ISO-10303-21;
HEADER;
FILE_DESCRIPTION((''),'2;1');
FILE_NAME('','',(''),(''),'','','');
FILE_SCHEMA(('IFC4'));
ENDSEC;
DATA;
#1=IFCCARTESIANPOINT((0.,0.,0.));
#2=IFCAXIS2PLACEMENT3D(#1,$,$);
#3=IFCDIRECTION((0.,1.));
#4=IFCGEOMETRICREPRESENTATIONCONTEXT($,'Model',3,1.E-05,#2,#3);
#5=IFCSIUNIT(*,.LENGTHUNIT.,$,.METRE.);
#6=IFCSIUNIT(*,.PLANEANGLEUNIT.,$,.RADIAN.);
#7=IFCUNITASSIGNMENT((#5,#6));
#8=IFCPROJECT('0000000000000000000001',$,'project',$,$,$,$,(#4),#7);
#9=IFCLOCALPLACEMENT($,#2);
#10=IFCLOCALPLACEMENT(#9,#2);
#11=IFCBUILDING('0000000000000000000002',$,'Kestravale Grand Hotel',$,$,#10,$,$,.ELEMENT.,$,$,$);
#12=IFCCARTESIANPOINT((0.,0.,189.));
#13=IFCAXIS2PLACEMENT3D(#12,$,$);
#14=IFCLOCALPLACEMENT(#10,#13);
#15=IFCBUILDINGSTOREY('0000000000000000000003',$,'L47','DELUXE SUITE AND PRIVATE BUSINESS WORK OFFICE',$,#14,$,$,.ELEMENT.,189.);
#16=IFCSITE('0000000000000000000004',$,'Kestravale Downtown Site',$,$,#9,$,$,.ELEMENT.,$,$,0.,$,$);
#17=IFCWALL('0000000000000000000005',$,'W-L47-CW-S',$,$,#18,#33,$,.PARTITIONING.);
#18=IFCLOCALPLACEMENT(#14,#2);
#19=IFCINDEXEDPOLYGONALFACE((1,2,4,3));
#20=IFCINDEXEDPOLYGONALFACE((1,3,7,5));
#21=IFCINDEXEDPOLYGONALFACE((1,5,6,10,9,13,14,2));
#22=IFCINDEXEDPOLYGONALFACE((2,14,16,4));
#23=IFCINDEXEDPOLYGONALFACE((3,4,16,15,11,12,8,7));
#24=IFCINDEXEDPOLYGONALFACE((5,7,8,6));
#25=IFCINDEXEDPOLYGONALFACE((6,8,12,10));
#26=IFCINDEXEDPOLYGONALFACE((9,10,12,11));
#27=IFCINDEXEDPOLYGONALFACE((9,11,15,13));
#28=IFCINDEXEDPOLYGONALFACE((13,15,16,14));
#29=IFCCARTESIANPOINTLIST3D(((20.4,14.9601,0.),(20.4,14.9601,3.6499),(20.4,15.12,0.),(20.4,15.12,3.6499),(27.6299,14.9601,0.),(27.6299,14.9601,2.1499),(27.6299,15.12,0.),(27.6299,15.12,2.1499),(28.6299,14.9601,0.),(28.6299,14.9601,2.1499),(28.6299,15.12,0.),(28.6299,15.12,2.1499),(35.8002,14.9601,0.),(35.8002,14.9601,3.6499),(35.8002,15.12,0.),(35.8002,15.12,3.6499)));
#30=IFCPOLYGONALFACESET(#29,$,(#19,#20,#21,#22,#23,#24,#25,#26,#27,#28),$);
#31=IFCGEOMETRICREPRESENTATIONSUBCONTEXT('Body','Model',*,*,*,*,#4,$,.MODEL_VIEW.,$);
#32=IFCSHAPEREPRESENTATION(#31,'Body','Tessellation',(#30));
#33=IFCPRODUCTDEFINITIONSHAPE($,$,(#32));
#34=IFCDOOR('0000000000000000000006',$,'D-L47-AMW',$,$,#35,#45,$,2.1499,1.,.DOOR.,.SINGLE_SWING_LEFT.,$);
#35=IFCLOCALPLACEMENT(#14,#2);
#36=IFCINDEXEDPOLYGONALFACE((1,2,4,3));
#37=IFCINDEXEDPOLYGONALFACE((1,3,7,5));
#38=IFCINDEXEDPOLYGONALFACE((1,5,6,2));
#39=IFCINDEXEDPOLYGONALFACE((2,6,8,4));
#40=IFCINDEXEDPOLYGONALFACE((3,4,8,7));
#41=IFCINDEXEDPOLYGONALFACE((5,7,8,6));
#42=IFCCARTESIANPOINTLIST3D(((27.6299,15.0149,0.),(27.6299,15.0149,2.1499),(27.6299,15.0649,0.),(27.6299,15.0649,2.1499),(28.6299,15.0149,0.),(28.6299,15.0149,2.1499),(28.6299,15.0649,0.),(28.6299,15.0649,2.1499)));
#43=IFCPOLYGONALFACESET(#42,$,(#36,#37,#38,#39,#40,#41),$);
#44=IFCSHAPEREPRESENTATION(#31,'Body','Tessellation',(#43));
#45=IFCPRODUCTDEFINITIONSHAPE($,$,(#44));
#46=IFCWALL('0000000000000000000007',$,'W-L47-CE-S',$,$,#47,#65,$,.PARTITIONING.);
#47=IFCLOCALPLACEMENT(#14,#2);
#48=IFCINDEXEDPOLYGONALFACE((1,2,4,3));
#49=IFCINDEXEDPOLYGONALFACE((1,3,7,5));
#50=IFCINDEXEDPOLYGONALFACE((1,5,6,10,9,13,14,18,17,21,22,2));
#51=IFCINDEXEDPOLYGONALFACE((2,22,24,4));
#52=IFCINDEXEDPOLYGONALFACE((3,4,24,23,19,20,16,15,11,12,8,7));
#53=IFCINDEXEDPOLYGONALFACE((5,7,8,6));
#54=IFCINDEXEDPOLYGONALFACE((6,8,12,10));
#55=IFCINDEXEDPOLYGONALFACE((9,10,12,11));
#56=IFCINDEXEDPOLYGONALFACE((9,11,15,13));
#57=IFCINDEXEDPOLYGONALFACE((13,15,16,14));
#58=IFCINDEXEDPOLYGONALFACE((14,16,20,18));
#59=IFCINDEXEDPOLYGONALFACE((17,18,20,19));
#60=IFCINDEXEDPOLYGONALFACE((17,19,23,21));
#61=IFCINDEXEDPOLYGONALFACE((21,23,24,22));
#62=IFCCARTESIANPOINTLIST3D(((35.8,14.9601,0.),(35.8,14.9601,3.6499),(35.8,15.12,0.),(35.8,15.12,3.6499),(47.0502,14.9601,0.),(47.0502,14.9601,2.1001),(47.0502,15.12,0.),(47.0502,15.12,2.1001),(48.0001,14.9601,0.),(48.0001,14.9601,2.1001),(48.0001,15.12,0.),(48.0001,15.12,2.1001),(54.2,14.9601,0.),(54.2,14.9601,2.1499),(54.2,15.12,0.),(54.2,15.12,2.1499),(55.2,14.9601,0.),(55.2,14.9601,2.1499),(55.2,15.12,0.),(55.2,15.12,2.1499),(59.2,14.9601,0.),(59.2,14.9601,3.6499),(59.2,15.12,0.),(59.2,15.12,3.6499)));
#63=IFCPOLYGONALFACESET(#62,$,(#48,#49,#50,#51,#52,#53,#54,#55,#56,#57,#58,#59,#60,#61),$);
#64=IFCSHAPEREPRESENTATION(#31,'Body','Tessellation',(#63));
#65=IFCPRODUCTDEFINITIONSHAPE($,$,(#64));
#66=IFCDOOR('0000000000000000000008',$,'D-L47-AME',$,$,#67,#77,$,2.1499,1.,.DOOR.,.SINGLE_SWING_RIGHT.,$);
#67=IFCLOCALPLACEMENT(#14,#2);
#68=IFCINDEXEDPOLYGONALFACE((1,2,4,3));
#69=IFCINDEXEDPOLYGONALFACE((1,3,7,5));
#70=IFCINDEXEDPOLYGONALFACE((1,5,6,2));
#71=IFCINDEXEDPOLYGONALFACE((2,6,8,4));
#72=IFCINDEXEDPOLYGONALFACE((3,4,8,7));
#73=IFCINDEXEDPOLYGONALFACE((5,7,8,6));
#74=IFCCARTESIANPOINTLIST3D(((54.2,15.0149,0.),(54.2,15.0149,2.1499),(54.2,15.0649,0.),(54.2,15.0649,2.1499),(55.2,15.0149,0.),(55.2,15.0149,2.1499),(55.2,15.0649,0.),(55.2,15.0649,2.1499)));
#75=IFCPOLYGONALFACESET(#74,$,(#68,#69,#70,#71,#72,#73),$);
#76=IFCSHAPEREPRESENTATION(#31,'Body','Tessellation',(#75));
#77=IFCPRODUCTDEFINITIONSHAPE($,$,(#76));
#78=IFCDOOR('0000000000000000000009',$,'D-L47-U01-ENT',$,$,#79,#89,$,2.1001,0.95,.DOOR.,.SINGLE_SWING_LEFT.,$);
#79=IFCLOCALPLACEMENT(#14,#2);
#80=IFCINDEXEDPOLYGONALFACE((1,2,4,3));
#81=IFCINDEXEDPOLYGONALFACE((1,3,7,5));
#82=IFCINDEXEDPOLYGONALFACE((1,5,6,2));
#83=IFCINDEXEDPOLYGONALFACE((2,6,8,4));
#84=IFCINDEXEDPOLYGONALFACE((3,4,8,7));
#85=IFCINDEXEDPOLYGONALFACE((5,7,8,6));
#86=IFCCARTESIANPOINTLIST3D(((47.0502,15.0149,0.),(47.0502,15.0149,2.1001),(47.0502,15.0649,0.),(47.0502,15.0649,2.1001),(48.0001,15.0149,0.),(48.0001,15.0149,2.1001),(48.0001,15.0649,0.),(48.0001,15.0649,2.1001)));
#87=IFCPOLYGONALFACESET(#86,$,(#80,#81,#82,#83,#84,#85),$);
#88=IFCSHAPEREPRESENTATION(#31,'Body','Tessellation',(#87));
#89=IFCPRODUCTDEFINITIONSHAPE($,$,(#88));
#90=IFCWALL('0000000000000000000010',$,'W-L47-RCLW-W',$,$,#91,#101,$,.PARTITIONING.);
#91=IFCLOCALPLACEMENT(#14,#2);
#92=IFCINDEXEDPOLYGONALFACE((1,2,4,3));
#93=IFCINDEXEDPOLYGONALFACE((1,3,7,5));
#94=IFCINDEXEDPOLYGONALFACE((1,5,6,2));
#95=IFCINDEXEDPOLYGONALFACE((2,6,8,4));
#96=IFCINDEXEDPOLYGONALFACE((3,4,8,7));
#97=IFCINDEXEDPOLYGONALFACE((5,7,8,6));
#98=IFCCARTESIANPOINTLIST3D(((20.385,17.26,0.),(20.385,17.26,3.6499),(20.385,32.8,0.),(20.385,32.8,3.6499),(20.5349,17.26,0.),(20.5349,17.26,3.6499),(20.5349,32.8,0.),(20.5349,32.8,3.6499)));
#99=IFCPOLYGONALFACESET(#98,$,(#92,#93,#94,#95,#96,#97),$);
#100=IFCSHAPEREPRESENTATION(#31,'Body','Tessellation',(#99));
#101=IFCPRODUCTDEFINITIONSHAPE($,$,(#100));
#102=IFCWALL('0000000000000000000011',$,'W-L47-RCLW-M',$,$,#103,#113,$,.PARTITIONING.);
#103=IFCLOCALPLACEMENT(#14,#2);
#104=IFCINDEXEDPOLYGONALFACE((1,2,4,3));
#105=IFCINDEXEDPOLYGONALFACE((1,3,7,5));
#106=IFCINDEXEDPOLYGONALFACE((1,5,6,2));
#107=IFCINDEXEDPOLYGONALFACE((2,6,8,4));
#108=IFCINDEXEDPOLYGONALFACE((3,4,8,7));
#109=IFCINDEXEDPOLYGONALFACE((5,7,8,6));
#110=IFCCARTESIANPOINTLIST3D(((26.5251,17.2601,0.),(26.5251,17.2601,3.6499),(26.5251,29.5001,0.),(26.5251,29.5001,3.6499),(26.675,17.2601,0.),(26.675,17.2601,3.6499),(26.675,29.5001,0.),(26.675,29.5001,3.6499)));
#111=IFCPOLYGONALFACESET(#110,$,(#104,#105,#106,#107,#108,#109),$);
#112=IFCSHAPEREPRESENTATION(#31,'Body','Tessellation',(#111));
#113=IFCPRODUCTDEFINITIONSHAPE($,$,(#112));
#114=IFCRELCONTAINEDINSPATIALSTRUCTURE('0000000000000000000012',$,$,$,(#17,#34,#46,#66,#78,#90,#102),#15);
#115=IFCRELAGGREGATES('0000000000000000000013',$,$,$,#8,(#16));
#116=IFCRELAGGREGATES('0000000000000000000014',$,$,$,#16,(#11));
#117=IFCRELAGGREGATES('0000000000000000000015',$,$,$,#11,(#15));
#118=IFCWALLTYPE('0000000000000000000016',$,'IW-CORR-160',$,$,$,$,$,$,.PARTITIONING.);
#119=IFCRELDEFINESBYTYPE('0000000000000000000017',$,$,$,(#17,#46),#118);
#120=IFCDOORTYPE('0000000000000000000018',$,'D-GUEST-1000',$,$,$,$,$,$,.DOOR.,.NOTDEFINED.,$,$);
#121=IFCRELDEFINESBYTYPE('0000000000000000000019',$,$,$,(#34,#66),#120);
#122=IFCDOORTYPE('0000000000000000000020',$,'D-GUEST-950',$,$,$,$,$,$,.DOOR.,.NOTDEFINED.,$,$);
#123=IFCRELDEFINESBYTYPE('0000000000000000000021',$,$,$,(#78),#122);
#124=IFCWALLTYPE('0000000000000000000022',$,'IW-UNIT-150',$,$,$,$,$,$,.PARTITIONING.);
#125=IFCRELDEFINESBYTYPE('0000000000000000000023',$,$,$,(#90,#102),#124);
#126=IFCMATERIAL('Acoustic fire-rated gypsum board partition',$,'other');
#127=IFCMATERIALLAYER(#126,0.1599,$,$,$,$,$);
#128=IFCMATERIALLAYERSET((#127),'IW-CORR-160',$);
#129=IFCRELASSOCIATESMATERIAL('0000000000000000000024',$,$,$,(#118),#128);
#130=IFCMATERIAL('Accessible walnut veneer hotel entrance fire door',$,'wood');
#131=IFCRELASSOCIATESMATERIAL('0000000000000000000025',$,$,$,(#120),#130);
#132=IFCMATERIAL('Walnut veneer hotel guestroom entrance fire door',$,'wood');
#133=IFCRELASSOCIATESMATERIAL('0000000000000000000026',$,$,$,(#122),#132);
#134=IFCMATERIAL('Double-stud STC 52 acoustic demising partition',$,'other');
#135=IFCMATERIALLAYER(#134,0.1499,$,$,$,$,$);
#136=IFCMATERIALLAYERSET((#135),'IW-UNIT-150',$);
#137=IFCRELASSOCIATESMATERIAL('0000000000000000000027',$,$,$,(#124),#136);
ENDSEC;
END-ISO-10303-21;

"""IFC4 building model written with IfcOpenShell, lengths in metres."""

from ifc_helpers import new_model, si_unit, direction, frame, frame_2d, origin, place, context, subcontext, project, spatial, rectangle, extrude, material, layer, layer_set, type_object, element, fill, save


model = new_model("IFC4")

# Units and contexts
model_context = context("Model", 3, precision=1e-05, world=origin(), true_north=direction((0.0, 1.0)))
body_context = subcontext(model_context, "Body", "Model", "MODEL_VIEW")
ifc_project = project(units=[si_unit("LENGTHUNIT", "METRE"), si_unit("PLANEANGLEUNIT", "RADIAN")], contexts=[model_context])

# Site, building, storey
site_placement = place(None, origin())
site = spatial("IfcSite", under=ifc_project, at=site_placement, Name="Kestravale Downtown Site", CompositionType="ELEMENT", RefElevation=0.0)
building_placement = place(site_placement, origin())
building = spatial("IfcBuilding", under=site, at=building_placement, Name="Kestravale Grand Hotel", CompositionType="ELEMENT")
storey_placement = place(building_placement, frame((0.0, 0.0, 189.0)))
storey = spatial("IfcBuildingStorey", under=building, at=storey_placement, Name="L47", Description="DELUXE SUITE AND PRIVATE BUSINESS WORK OFFICE", CompositionType="ELEMENT", Elevation=189.0)

# Shared definitions
ifc_material_1 = material(Name="Acoustic fire-rated gypsum board partition", Category="other")
ifc_layer_1 = layer(ifc_material_1, 0.1599)
ifc_layer_set_1 = layer_set([ifc_layer_1], Name="IW-CORR-160")
wall_type_1 = type_object("IfcWallType", Name="IW-CORR-160", PredefinedType="PARTITIONING", material=ifc_layer_set_1)
ifc_material_2 = material(Name="Accessible walnut veneer hotel entrance fire door", Category="wood")
door_type_1 = type_object("IfcDoorType", Name="D-GUEST-1000", OperationType="NOTDEFINED", PredefinedType="DOOR", material=ifc_material_2)

# Wall, opening, door
wall_1_placement = place(storey_placement, frame((20.3999, 15.04, 0.0), z_axis=(0.0, 0.0, 1.0), x_axis=(1.0, 0.0, 0.0)))
wall_1 = element("IfcWall", 1, at=wall_1_placement, inside=storey, type_object=wall_type_1, Name="W-L47-CW-S", PredefinedType="PARTITIONING", context=body_context, shape_type="SweptSolid", body=[
    extrude(rectangle(XDim=15.4001, YDim=0.1599, at=frame_2d((7.7002, 0.0))), origin(), (0.0, 0.0, 1.0), 3.6499),
])
opening_1_placement = place(wall_1_placement, frame((7.23, 0.0, 0.0)))
opening_1 = element("IfcOpeningElement", 2, at=opening_1_placement, cuts=wall_1, PredefinedType="OPENING", context=body_context, shape_type="SweptSolid", body=[
    extrude(rectangle(XDim=1.0, YDim=2.1499, at=frame_2d((0.5, 1.075))), frame((0.0, 0.0898, 0.0), z_axis=(0.0, -1.0, 0.0), x_axis=(1.0, 0.0, 0.0)), (0.0, 0.0, 1.0), 0.1799),
])
door_1_placement = place(opening_1_placement, origin())
door_1 = element("IfcDoor", 3, at=door_1_placement, inside=storey, type_object=door_type_1, Name="D-L47-AMW", OperationType="SINGLE_SWING_LEFT", OverallHeight=2.1499, OverallWidth=1.0, PredefinedType="DOOR", context=body_context, shape_type="SweptSolid", body=[
    extrude(rectangle(XDim=1.0, YDim=2.1499, at=frame_2d((0.5, 1.075))), frame((0.0, 0.0249, 0.0), z_axis=(0.0, -1.0, 0.0), x_axis=(1.0, 0.0, 0.0)), (0.0, 0.0, 1.0), 0.05),
])
fill(opening_1, door_1)

# Wall, openings, doors
wall_2_placement = place(storey_placement, frame((35.8, 15.04, 0.0), z_axis=(0.0, 0.0, 1.0), x_axis=(1.0, 0.0, 0.0)))
wall_2 = element("IfcWall", 4, at=wall_2_placement, inside=storey, type_object=wall_type_1, Name="W-L47-CE-S", PredefinedType="PARTITIONING", context=body_context, shape_type="SweptSolid", body=[
    extrude(rectangle(XDim=23.3999, YDim=0.1599, at=frame_2d((11.7, 0.0))), origin(), (0.0, 0.0, 1.0), 3.6499),
])
opening_2_placement = place(wall_2_placement, frame((11.25, 0.0, 0.0)))
opening_2 = element("IfcOpeningElement", 5, at=opening_2_placement, cuts=wall_2, PredefinedType="OPENING", context=body_context, shape_type="SweptSolid", body=[
    extrude(rectangle(XDim=0.95, YDim=2.1001, at=frame_2d((0.4751, 1.05))), frame((0.0, 0.0898, 0.0), z_axis=(0.0, -1.0, 0.0), x_axis=(1.0, 0.0, 0.0)), (0.0, 0.0, 1.0), 0.1799),
])
opening_3_placement = place(wall_2_placement, frame((18.3999, 0.0, 0.0)))
opening_3 = element("IfcOpeningElement", 6, at=opening_3_placement, cuts=wall_2, PredefinedType="OPENING", context=body_context, shape_type="SweptSolid", body=[
    extrude(rectangle(XDim=1.0, YDim=2.1499, at=frame_2d((0.5, 1.075))), frame((0.0, 0.0898, 0.0), z_axis=(0.0, -1.0, 0.0), x_axis=(1.0, 0.0, 0.0)), (0.0, 0.0, 1.0), 0.1799),
])
door_2_placement = place(opening_3_placement, origin())
door_2 = element("IfcDoor", 7, at=door_2_placement, inside=storey, type_object=door_type_1, Name="D-L47-AME", OperationType="SINGLE_SWING_RIGHT", OverallHeight=2.1499, OverallWidth=1.0, PredefinedType="DOOR", context=body_context, shape_type="SweptSolid", body=[
    extrude(rectangle(XDim=1.0, YDim=2.1499, at=frame_2d((0.5, 1.075))), frame((0.0, 0.0249, 0.0), z_axis=(0.0, -1.0, 0.0), x_axis=(1.0, 0.0, 0.0)), (0.0, 0.0, 1.0), 0.05),
])
fill(opening_3, door_2)
ifc_material_3 = material(Name="Walnut veneer hotel guestroom entrance fire door", Category="wood")
door_type_2 = type_object("IfcDoorType", Name="D-GUEST-950", OperationType="NOTDEFINED", PredefinedType="DOOR", material=ifc_material_3)
door_3_placement = place(opening_2_placement, origin())
door_3 = element("IfcDoor", 8, at=door_3_placement, inside=storey, type_object=door_type_2, Name="D-L47-U01-ENT", OperationType="SINGLE_SWING_LEFT", OverallHeight=2.1001, OverallWidth=0.95, PredefinedType="DOOR", context=body_context, shape_type="SweptSolid", body=[
    extrude(rectangle(XDim=0.95, YDim=2.1001, at=frame_2d((0.4751, 1.05))), frame((0.0, 0.0249, 0.0), z_axis=(0.0, -1.0, 0.0), x_axis=(1.0, 0.0, 0.0)), (0.0, 0.0, 1.0), 0.05),
])
fill(opening_2, door_3)

# Walls
ifc_material_4 = material(Name="Double-stud STC 52 acoustic demising partition", Category="other")
ifc_layer_2 = layer(ifc_material_4, 0.1499)
ifc_layer_set_2 = layer_set([ifc_layer_2], Name="IW-UNIT-150")
wall_type_2 = type_object("IfcWallType", Name="IW-UNIT-150", PredefinedType="PARTITIONING", material=ifc_layer_set_2)
wall_3_placement = place(storey_placement, frame((20.46, 17.26, 0.0), z_axis=(0.0, 0.0, 1.0), x_axis=(0.0, 1.0, 0.0)))
element("IfcWall", 9, at=wall_3_placement, inside=storey, type_object=wall_type_2, Name="W-L47-RCLW-W", PredefinedType="PARTITIONING", context=body_context, shape_type="SweptSolid", body=[
    extrude(rectangle(XDim=15.54, YDim=0.1499, at=frame_2d((7.77, 0.0))), origin(), (0.0, 0.0, 1.0), 3.6499),
])
wall_4_placement = place(storey_placement, frame((26.6001, 17.26, 0.0), z_axis=(0.0, 0.0, 1.0), x_axis=(0.0, 1.0, 0.0)))
element("IfcWall", 10, at=wall_4_placement, inside=storey, type_object=wall_type_2, Name="W-L47-RCLW-M", PredefinedType="PARTITIONING", context=body_context, shape_type="SweptSolid", body=[
    extrude(rectangle(XDim=12.24, YDim=0.1499, at=frame_2d((6.1201, 0.0))), origin(), (0.0, 0.0, 1.0), 3.6499),
])

save(model, "model.ifc")
